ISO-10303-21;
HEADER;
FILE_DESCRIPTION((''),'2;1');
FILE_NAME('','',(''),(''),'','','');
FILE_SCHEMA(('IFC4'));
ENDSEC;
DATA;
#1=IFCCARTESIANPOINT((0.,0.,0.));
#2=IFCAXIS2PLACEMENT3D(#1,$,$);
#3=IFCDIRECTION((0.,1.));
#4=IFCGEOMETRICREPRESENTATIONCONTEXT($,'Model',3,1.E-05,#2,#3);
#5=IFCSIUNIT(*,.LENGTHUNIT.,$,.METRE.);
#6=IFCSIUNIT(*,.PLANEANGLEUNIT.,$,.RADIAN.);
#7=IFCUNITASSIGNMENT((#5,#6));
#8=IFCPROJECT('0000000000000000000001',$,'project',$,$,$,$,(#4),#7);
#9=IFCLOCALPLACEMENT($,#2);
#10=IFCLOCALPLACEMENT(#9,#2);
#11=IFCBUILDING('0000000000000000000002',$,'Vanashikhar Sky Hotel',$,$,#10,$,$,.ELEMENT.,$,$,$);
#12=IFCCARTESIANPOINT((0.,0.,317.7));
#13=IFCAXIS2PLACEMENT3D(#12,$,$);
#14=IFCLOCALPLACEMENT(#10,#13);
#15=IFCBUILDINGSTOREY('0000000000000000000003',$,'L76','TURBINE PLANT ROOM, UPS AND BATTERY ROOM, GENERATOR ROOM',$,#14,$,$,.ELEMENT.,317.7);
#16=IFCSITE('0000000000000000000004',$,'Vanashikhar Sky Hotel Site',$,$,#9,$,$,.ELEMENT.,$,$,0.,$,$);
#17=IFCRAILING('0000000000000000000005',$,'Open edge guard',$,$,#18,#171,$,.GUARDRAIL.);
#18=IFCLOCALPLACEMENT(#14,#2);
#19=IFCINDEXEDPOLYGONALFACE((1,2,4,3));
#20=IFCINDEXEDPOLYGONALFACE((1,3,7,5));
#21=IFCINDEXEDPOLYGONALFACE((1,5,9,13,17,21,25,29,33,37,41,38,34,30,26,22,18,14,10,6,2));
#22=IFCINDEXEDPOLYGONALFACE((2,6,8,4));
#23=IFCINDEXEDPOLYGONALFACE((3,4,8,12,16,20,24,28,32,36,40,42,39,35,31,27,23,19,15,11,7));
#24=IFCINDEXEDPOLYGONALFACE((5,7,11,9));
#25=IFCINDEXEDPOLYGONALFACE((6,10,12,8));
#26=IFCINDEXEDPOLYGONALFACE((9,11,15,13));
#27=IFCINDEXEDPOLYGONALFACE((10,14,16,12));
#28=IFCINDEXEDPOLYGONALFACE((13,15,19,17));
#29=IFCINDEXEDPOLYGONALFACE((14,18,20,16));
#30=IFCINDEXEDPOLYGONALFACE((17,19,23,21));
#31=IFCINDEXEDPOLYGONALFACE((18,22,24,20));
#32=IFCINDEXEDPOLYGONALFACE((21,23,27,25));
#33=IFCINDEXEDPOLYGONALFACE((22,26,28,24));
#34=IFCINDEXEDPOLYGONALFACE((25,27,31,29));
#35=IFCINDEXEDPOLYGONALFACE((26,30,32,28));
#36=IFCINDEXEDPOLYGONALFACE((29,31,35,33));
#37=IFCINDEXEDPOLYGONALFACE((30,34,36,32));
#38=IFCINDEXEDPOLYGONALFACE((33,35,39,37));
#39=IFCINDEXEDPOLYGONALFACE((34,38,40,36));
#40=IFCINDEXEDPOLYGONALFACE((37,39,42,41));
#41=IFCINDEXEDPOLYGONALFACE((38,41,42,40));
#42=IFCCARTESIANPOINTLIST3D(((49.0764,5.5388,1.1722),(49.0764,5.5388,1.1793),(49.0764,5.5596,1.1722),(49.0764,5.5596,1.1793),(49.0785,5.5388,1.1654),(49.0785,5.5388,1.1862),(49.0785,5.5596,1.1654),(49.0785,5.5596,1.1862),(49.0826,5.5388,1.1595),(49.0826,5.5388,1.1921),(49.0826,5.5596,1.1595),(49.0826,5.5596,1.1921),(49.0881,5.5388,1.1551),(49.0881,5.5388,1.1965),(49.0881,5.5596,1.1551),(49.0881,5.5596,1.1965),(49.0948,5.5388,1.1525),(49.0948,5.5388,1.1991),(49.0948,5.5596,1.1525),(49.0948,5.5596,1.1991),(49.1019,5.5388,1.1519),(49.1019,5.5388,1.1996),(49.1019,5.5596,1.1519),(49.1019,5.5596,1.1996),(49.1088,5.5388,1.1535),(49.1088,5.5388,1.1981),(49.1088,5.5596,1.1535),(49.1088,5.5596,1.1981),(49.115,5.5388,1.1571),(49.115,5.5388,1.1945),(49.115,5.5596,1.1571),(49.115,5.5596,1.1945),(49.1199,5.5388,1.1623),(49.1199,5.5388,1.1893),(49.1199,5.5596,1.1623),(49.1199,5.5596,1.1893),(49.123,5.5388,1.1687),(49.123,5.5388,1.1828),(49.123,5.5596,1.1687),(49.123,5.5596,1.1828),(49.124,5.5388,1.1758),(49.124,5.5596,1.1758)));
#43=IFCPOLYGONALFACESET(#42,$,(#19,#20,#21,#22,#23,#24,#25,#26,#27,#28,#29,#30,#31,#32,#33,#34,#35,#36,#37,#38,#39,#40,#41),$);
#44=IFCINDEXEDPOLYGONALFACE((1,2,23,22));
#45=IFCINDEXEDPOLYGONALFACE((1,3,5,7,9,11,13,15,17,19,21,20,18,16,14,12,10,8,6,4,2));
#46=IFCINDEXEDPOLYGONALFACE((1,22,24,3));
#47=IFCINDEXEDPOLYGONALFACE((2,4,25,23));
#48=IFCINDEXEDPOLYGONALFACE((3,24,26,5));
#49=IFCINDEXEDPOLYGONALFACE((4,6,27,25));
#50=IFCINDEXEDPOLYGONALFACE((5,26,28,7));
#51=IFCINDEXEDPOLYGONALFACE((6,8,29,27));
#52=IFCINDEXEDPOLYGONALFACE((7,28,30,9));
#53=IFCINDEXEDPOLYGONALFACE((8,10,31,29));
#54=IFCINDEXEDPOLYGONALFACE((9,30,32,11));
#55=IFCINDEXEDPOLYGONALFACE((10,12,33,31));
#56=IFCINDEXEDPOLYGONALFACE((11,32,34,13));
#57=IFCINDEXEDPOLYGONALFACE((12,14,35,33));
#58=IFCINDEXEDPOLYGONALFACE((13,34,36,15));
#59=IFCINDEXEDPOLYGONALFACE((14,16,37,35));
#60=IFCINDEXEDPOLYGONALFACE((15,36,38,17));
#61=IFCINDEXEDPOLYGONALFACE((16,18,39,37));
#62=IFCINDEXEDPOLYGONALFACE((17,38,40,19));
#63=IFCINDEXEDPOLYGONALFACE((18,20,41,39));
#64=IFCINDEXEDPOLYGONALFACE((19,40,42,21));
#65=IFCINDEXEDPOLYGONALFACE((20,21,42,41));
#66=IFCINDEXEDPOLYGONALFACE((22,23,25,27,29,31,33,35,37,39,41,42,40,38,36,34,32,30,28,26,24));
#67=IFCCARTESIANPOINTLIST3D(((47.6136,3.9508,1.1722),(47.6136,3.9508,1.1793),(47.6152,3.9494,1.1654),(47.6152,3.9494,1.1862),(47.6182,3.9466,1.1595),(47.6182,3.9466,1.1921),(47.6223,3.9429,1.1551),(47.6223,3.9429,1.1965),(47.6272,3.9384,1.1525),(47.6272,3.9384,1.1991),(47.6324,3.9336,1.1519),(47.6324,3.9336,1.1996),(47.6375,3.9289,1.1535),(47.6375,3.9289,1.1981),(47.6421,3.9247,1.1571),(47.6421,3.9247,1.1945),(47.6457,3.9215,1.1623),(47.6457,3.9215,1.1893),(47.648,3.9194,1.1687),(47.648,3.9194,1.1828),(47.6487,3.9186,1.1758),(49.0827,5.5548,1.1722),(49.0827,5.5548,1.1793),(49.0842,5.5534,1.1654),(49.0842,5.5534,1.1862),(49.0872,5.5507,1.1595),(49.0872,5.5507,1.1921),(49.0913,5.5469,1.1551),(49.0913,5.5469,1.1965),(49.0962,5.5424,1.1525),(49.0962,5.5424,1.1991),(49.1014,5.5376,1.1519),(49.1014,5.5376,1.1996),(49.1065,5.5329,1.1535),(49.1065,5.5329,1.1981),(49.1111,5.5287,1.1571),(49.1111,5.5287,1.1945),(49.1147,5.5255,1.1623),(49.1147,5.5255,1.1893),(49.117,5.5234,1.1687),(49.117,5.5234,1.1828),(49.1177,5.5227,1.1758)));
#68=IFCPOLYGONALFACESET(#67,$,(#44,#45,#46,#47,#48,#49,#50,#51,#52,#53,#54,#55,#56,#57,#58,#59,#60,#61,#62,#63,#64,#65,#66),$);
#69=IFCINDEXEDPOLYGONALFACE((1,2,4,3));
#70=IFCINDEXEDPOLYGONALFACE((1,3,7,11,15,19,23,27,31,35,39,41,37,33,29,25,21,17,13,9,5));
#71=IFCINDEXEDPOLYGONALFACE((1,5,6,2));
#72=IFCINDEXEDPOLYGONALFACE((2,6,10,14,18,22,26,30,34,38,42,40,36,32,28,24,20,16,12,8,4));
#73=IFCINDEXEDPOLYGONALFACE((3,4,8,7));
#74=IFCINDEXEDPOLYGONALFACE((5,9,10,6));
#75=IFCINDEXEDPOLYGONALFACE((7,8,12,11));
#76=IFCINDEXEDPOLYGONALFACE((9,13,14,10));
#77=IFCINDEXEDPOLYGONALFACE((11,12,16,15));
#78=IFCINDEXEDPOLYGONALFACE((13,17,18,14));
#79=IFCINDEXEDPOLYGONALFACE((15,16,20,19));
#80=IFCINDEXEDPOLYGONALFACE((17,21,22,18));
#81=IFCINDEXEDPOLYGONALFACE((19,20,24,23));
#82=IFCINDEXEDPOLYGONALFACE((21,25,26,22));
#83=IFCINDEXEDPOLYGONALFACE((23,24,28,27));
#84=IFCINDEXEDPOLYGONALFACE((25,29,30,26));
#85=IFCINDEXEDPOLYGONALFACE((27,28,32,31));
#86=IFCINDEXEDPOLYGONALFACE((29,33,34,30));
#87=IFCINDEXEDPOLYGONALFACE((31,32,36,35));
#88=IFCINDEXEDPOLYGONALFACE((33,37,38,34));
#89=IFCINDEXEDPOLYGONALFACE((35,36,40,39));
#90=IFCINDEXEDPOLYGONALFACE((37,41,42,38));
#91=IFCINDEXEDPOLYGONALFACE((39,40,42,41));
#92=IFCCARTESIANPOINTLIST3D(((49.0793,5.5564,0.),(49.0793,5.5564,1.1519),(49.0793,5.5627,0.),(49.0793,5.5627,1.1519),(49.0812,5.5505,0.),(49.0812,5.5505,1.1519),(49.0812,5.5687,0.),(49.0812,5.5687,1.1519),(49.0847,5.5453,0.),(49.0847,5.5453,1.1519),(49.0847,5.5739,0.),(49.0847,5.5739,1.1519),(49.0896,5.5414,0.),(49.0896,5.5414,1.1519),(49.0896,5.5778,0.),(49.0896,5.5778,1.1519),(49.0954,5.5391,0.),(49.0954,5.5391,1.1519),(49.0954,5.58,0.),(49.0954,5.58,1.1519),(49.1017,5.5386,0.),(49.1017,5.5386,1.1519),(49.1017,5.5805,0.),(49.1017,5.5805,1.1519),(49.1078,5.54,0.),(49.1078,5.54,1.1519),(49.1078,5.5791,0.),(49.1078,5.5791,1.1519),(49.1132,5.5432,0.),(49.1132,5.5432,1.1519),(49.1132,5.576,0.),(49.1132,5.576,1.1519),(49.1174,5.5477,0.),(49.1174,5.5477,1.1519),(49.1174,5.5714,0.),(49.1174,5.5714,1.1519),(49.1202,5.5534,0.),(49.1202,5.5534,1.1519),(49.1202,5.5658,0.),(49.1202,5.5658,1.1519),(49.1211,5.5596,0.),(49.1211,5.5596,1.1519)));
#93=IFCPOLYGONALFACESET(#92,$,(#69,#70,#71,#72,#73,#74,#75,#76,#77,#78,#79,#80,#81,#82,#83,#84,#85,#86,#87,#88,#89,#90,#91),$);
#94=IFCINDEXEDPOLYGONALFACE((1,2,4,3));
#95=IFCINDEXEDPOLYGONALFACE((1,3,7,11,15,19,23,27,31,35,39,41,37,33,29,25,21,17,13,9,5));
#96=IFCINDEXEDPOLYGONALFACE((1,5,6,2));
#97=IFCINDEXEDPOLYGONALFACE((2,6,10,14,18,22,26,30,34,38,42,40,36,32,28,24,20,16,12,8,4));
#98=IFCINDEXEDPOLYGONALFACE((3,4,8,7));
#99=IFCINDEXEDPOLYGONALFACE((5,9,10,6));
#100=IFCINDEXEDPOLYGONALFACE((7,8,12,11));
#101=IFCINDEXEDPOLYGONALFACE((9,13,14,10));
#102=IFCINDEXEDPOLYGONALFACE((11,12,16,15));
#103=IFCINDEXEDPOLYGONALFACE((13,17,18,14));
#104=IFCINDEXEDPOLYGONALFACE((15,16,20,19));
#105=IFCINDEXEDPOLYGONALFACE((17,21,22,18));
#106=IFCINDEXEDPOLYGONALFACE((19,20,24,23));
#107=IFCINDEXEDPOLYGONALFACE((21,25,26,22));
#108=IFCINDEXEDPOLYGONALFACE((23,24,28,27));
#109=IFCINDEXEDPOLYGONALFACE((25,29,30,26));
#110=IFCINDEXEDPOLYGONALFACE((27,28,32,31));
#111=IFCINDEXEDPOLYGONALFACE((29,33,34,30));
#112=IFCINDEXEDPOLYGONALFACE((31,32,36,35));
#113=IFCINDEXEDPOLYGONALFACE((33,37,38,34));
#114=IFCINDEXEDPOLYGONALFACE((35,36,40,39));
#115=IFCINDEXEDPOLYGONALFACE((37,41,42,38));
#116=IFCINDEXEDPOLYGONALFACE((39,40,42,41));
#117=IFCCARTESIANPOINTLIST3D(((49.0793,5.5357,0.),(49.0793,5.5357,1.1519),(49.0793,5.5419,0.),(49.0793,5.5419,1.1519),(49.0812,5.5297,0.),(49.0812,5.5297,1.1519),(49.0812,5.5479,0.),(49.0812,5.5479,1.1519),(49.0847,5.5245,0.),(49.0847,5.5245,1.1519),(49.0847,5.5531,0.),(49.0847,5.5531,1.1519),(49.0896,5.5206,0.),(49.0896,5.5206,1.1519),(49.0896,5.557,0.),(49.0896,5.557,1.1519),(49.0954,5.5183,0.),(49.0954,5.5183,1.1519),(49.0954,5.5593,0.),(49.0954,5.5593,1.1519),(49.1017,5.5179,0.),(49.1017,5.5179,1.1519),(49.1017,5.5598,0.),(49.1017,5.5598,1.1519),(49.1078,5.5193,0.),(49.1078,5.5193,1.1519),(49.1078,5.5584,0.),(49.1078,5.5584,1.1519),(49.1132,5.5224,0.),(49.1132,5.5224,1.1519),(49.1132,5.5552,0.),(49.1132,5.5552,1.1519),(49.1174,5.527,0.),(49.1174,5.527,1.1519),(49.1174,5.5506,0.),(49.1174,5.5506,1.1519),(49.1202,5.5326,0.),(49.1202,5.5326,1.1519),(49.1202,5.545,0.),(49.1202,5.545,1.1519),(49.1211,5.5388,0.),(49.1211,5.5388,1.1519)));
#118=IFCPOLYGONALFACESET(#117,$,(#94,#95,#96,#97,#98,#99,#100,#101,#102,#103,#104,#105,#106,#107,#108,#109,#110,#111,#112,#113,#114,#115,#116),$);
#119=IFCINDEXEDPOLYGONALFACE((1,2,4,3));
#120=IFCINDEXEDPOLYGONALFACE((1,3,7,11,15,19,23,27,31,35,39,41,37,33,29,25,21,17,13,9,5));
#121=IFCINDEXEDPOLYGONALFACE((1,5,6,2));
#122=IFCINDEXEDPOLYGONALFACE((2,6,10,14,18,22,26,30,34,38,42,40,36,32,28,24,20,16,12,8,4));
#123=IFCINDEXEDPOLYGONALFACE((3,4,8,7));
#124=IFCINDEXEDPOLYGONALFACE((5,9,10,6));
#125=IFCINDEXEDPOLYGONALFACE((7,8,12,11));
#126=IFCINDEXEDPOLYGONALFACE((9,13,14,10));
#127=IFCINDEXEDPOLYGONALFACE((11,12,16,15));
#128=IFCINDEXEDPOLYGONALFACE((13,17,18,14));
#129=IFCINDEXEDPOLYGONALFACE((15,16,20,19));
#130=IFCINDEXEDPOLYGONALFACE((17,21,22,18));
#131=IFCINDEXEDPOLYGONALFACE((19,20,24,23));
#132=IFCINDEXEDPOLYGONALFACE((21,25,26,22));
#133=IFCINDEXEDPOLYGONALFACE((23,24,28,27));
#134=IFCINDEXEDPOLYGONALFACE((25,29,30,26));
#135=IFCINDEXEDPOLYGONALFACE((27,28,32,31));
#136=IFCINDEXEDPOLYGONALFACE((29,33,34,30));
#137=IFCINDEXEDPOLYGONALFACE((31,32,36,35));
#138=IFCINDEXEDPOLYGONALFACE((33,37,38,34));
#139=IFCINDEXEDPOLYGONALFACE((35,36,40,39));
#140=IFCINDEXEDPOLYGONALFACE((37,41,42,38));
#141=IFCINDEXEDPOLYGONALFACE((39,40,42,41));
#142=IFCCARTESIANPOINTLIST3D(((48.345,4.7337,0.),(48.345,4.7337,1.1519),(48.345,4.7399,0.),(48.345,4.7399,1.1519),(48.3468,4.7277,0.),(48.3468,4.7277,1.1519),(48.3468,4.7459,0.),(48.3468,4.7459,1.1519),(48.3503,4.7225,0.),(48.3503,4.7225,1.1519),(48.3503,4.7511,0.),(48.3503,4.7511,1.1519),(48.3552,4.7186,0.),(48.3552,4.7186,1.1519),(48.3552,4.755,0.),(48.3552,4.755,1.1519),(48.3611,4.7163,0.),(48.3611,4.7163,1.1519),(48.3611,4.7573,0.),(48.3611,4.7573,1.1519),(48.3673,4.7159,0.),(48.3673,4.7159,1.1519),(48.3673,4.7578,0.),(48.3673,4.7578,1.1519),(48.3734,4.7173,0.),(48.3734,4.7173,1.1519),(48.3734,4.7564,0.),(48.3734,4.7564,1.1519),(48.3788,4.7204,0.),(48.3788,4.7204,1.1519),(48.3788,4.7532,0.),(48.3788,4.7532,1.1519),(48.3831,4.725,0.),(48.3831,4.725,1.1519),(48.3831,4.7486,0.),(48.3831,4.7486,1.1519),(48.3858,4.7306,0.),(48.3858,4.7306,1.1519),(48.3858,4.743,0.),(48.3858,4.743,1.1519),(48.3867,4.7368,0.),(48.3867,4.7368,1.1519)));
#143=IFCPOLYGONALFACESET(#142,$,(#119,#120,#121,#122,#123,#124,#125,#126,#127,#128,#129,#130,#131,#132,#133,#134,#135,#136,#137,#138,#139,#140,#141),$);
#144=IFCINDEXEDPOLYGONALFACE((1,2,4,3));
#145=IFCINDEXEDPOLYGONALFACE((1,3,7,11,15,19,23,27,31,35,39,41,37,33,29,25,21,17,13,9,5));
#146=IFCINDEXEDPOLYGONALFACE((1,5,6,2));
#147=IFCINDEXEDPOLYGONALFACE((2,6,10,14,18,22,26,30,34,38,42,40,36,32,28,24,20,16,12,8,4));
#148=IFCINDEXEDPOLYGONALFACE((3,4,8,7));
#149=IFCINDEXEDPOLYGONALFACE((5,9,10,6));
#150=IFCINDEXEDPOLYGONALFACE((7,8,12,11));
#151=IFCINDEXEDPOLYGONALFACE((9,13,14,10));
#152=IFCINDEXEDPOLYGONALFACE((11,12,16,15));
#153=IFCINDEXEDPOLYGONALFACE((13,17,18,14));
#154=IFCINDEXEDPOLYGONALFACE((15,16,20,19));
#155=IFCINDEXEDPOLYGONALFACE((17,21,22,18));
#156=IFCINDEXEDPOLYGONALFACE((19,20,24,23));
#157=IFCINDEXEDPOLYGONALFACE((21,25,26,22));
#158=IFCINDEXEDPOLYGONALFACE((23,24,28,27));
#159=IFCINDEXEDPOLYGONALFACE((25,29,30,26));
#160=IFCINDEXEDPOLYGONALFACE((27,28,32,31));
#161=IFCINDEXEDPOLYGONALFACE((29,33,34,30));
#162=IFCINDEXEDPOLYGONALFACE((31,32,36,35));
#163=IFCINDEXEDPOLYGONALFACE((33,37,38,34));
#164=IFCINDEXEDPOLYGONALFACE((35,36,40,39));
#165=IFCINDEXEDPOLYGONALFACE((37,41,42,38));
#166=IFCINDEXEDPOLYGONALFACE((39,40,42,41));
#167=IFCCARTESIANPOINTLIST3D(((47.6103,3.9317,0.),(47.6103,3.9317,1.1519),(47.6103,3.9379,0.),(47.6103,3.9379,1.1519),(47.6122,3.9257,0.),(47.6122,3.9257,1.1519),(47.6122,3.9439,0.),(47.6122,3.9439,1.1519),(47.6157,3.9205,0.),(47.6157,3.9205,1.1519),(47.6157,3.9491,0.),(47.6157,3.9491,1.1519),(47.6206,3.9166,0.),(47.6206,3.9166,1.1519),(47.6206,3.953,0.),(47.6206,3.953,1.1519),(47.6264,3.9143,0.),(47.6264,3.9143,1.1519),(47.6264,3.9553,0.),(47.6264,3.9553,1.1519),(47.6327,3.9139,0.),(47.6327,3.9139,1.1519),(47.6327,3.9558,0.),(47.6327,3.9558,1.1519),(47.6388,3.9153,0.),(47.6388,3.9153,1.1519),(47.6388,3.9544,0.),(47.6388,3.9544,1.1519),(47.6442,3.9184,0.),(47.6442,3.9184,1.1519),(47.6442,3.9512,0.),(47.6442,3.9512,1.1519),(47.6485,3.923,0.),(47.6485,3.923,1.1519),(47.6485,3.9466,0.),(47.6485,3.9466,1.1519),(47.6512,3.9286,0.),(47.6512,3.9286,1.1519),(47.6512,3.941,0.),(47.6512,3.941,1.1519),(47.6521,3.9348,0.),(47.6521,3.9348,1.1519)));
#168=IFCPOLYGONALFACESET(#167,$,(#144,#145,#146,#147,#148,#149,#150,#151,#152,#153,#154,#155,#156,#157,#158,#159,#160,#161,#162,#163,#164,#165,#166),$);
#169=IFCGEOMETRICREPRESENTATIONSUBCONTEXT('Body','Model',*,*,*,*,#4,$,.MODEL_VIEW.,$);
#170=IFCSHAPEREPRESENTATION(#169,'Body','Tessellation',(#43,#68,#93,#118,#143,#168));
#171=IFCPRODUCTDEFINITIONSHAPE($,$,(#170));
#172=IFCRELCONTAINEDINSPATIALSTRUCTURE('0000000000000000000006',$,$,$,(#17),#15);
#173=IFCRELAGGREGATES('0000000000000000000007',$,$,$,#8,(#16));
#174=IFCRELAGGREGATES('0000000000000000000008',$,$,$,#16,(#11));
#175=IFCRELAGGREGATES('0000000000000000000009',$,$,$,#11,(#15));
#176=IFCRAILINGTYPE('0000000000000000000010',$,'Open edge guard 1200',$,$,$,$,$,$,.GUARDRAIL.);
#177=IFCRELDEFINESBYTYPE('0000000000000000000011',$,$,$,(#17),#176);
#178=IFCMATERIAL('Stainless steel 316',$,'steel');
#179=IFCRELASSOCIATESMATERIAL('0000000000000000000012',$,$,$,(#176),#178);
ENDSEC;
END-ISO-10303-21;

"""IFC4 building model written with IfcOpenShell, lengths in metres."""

from ifc_helpers import new_model, si_unit, direction, frame, origin, origin_2d, place, context, subcontext, project, spatial, circle, extrude, source, transform, mapped, material, type_object, element, save


model = new_model("IFC4")

# Units and contexts
model_context = context("Model", 3, precision=1e-05, world=origin(), true_north=direction((0.0, 1.0)))
body_context = subcontext(model_context, "Body", "Model", "MODEL_VIEW")
ifc_project = project(units=[si_unit("LENGTHUNIT", "METRE"), si_unit("PLANEANGLEUNIT", "RADIAN")], contexts=[model_context])

# Site, building, storey
site_placement = place(None, origin())
site = spatial("IfcSite", under=ifc_project, at=site_placement, Name="Vanashikhar Sky Hotel Site", CompositionType="ELEMENT", RefElevation=0.0)
building_placement = place(site_placement, origin())
building = spatial("IfcBuilding", under=site, at=building_placement, Name="Vanashikhar Sky Hotel", CompositionType="ELEMENT")
storey_placement = place(building_placement, frame((0.0, 0.0, 317.7)))
storey = spatial("IfcBuildingStorey", under=building, at=storey_placement, Name="L76", Description="TURBINE PLANT ROOM, UPS AND BATTERY ROOM, GENERATOR ROOM", CompositionType="ELEMENT", Elevation=317.7)

# Railing
ifc_material_1 = material(Name="Stainless steel 316", Category="steel")
railing_type = type_object("IfcRailingType", Name="Open edge guard 1200", PredefinedType="GUARDRAIL", material=ifc_material_1)
shared_shape_1 = source(origin(), body_context, "Body", "SweptSolid", [
    extrude(circle(Radius=0.0239, at=origin_2d()), frame((0.0, 0.0, 1.1758), z_axis=(0.0, -1.0, 0.0), x_axis=(1.0, 0.0, 0.0)), (0.0, 0.0, 1.0), 0.0208),
    extrude(circle(Radius=0.0239, at=origin_2d()), frame((0.0, -0.0208, 1.1758), z_axis=(-0.675389, -0.737462, 0.0), x_axis=(0.737462, -0.675389, 0.0)), (0.0, 0.0, 1.0), 2.175),
    extrude(circle(Radius=0.021, at=origin_2d()), origin(), (0.0, 0.0, 1.0), 1.1519),
    extrude(circle(Radius=0.021, at=origin_2d()), frame((0.0, -0.0208, 0.0)), (0.0, 0.0, 1.0), 1.1519),
    extrude(circle(Radius=0.021, at=origin_2d()), frame((-0.7344, -0.8228, 0.0)), (0.0, 0.0, 1.0), 1.1519),
    extrude(circle(Radius=0.021, at=origin_2d()), frame((-1.469, -1.6248, 0.0)), (0.0, 0.0, 1.0), 1.1519),
])
railing_1_placement = place(storey_placement, frame((49.1001, 5.5596, 0.0)))
element("IfcRailing", 1, at=railing_1_placement, inside=storey, type_object=railing_type, Name="Open edge guard", PredefinedType="GUARDRAIL", context=body_context, shape_type="MappedRepresentation", body=[
    mapped(shared_shape_1, transform((0.0, 0.0, 0.0), scale=1.0)),
])

save(model, "model.ifc")
